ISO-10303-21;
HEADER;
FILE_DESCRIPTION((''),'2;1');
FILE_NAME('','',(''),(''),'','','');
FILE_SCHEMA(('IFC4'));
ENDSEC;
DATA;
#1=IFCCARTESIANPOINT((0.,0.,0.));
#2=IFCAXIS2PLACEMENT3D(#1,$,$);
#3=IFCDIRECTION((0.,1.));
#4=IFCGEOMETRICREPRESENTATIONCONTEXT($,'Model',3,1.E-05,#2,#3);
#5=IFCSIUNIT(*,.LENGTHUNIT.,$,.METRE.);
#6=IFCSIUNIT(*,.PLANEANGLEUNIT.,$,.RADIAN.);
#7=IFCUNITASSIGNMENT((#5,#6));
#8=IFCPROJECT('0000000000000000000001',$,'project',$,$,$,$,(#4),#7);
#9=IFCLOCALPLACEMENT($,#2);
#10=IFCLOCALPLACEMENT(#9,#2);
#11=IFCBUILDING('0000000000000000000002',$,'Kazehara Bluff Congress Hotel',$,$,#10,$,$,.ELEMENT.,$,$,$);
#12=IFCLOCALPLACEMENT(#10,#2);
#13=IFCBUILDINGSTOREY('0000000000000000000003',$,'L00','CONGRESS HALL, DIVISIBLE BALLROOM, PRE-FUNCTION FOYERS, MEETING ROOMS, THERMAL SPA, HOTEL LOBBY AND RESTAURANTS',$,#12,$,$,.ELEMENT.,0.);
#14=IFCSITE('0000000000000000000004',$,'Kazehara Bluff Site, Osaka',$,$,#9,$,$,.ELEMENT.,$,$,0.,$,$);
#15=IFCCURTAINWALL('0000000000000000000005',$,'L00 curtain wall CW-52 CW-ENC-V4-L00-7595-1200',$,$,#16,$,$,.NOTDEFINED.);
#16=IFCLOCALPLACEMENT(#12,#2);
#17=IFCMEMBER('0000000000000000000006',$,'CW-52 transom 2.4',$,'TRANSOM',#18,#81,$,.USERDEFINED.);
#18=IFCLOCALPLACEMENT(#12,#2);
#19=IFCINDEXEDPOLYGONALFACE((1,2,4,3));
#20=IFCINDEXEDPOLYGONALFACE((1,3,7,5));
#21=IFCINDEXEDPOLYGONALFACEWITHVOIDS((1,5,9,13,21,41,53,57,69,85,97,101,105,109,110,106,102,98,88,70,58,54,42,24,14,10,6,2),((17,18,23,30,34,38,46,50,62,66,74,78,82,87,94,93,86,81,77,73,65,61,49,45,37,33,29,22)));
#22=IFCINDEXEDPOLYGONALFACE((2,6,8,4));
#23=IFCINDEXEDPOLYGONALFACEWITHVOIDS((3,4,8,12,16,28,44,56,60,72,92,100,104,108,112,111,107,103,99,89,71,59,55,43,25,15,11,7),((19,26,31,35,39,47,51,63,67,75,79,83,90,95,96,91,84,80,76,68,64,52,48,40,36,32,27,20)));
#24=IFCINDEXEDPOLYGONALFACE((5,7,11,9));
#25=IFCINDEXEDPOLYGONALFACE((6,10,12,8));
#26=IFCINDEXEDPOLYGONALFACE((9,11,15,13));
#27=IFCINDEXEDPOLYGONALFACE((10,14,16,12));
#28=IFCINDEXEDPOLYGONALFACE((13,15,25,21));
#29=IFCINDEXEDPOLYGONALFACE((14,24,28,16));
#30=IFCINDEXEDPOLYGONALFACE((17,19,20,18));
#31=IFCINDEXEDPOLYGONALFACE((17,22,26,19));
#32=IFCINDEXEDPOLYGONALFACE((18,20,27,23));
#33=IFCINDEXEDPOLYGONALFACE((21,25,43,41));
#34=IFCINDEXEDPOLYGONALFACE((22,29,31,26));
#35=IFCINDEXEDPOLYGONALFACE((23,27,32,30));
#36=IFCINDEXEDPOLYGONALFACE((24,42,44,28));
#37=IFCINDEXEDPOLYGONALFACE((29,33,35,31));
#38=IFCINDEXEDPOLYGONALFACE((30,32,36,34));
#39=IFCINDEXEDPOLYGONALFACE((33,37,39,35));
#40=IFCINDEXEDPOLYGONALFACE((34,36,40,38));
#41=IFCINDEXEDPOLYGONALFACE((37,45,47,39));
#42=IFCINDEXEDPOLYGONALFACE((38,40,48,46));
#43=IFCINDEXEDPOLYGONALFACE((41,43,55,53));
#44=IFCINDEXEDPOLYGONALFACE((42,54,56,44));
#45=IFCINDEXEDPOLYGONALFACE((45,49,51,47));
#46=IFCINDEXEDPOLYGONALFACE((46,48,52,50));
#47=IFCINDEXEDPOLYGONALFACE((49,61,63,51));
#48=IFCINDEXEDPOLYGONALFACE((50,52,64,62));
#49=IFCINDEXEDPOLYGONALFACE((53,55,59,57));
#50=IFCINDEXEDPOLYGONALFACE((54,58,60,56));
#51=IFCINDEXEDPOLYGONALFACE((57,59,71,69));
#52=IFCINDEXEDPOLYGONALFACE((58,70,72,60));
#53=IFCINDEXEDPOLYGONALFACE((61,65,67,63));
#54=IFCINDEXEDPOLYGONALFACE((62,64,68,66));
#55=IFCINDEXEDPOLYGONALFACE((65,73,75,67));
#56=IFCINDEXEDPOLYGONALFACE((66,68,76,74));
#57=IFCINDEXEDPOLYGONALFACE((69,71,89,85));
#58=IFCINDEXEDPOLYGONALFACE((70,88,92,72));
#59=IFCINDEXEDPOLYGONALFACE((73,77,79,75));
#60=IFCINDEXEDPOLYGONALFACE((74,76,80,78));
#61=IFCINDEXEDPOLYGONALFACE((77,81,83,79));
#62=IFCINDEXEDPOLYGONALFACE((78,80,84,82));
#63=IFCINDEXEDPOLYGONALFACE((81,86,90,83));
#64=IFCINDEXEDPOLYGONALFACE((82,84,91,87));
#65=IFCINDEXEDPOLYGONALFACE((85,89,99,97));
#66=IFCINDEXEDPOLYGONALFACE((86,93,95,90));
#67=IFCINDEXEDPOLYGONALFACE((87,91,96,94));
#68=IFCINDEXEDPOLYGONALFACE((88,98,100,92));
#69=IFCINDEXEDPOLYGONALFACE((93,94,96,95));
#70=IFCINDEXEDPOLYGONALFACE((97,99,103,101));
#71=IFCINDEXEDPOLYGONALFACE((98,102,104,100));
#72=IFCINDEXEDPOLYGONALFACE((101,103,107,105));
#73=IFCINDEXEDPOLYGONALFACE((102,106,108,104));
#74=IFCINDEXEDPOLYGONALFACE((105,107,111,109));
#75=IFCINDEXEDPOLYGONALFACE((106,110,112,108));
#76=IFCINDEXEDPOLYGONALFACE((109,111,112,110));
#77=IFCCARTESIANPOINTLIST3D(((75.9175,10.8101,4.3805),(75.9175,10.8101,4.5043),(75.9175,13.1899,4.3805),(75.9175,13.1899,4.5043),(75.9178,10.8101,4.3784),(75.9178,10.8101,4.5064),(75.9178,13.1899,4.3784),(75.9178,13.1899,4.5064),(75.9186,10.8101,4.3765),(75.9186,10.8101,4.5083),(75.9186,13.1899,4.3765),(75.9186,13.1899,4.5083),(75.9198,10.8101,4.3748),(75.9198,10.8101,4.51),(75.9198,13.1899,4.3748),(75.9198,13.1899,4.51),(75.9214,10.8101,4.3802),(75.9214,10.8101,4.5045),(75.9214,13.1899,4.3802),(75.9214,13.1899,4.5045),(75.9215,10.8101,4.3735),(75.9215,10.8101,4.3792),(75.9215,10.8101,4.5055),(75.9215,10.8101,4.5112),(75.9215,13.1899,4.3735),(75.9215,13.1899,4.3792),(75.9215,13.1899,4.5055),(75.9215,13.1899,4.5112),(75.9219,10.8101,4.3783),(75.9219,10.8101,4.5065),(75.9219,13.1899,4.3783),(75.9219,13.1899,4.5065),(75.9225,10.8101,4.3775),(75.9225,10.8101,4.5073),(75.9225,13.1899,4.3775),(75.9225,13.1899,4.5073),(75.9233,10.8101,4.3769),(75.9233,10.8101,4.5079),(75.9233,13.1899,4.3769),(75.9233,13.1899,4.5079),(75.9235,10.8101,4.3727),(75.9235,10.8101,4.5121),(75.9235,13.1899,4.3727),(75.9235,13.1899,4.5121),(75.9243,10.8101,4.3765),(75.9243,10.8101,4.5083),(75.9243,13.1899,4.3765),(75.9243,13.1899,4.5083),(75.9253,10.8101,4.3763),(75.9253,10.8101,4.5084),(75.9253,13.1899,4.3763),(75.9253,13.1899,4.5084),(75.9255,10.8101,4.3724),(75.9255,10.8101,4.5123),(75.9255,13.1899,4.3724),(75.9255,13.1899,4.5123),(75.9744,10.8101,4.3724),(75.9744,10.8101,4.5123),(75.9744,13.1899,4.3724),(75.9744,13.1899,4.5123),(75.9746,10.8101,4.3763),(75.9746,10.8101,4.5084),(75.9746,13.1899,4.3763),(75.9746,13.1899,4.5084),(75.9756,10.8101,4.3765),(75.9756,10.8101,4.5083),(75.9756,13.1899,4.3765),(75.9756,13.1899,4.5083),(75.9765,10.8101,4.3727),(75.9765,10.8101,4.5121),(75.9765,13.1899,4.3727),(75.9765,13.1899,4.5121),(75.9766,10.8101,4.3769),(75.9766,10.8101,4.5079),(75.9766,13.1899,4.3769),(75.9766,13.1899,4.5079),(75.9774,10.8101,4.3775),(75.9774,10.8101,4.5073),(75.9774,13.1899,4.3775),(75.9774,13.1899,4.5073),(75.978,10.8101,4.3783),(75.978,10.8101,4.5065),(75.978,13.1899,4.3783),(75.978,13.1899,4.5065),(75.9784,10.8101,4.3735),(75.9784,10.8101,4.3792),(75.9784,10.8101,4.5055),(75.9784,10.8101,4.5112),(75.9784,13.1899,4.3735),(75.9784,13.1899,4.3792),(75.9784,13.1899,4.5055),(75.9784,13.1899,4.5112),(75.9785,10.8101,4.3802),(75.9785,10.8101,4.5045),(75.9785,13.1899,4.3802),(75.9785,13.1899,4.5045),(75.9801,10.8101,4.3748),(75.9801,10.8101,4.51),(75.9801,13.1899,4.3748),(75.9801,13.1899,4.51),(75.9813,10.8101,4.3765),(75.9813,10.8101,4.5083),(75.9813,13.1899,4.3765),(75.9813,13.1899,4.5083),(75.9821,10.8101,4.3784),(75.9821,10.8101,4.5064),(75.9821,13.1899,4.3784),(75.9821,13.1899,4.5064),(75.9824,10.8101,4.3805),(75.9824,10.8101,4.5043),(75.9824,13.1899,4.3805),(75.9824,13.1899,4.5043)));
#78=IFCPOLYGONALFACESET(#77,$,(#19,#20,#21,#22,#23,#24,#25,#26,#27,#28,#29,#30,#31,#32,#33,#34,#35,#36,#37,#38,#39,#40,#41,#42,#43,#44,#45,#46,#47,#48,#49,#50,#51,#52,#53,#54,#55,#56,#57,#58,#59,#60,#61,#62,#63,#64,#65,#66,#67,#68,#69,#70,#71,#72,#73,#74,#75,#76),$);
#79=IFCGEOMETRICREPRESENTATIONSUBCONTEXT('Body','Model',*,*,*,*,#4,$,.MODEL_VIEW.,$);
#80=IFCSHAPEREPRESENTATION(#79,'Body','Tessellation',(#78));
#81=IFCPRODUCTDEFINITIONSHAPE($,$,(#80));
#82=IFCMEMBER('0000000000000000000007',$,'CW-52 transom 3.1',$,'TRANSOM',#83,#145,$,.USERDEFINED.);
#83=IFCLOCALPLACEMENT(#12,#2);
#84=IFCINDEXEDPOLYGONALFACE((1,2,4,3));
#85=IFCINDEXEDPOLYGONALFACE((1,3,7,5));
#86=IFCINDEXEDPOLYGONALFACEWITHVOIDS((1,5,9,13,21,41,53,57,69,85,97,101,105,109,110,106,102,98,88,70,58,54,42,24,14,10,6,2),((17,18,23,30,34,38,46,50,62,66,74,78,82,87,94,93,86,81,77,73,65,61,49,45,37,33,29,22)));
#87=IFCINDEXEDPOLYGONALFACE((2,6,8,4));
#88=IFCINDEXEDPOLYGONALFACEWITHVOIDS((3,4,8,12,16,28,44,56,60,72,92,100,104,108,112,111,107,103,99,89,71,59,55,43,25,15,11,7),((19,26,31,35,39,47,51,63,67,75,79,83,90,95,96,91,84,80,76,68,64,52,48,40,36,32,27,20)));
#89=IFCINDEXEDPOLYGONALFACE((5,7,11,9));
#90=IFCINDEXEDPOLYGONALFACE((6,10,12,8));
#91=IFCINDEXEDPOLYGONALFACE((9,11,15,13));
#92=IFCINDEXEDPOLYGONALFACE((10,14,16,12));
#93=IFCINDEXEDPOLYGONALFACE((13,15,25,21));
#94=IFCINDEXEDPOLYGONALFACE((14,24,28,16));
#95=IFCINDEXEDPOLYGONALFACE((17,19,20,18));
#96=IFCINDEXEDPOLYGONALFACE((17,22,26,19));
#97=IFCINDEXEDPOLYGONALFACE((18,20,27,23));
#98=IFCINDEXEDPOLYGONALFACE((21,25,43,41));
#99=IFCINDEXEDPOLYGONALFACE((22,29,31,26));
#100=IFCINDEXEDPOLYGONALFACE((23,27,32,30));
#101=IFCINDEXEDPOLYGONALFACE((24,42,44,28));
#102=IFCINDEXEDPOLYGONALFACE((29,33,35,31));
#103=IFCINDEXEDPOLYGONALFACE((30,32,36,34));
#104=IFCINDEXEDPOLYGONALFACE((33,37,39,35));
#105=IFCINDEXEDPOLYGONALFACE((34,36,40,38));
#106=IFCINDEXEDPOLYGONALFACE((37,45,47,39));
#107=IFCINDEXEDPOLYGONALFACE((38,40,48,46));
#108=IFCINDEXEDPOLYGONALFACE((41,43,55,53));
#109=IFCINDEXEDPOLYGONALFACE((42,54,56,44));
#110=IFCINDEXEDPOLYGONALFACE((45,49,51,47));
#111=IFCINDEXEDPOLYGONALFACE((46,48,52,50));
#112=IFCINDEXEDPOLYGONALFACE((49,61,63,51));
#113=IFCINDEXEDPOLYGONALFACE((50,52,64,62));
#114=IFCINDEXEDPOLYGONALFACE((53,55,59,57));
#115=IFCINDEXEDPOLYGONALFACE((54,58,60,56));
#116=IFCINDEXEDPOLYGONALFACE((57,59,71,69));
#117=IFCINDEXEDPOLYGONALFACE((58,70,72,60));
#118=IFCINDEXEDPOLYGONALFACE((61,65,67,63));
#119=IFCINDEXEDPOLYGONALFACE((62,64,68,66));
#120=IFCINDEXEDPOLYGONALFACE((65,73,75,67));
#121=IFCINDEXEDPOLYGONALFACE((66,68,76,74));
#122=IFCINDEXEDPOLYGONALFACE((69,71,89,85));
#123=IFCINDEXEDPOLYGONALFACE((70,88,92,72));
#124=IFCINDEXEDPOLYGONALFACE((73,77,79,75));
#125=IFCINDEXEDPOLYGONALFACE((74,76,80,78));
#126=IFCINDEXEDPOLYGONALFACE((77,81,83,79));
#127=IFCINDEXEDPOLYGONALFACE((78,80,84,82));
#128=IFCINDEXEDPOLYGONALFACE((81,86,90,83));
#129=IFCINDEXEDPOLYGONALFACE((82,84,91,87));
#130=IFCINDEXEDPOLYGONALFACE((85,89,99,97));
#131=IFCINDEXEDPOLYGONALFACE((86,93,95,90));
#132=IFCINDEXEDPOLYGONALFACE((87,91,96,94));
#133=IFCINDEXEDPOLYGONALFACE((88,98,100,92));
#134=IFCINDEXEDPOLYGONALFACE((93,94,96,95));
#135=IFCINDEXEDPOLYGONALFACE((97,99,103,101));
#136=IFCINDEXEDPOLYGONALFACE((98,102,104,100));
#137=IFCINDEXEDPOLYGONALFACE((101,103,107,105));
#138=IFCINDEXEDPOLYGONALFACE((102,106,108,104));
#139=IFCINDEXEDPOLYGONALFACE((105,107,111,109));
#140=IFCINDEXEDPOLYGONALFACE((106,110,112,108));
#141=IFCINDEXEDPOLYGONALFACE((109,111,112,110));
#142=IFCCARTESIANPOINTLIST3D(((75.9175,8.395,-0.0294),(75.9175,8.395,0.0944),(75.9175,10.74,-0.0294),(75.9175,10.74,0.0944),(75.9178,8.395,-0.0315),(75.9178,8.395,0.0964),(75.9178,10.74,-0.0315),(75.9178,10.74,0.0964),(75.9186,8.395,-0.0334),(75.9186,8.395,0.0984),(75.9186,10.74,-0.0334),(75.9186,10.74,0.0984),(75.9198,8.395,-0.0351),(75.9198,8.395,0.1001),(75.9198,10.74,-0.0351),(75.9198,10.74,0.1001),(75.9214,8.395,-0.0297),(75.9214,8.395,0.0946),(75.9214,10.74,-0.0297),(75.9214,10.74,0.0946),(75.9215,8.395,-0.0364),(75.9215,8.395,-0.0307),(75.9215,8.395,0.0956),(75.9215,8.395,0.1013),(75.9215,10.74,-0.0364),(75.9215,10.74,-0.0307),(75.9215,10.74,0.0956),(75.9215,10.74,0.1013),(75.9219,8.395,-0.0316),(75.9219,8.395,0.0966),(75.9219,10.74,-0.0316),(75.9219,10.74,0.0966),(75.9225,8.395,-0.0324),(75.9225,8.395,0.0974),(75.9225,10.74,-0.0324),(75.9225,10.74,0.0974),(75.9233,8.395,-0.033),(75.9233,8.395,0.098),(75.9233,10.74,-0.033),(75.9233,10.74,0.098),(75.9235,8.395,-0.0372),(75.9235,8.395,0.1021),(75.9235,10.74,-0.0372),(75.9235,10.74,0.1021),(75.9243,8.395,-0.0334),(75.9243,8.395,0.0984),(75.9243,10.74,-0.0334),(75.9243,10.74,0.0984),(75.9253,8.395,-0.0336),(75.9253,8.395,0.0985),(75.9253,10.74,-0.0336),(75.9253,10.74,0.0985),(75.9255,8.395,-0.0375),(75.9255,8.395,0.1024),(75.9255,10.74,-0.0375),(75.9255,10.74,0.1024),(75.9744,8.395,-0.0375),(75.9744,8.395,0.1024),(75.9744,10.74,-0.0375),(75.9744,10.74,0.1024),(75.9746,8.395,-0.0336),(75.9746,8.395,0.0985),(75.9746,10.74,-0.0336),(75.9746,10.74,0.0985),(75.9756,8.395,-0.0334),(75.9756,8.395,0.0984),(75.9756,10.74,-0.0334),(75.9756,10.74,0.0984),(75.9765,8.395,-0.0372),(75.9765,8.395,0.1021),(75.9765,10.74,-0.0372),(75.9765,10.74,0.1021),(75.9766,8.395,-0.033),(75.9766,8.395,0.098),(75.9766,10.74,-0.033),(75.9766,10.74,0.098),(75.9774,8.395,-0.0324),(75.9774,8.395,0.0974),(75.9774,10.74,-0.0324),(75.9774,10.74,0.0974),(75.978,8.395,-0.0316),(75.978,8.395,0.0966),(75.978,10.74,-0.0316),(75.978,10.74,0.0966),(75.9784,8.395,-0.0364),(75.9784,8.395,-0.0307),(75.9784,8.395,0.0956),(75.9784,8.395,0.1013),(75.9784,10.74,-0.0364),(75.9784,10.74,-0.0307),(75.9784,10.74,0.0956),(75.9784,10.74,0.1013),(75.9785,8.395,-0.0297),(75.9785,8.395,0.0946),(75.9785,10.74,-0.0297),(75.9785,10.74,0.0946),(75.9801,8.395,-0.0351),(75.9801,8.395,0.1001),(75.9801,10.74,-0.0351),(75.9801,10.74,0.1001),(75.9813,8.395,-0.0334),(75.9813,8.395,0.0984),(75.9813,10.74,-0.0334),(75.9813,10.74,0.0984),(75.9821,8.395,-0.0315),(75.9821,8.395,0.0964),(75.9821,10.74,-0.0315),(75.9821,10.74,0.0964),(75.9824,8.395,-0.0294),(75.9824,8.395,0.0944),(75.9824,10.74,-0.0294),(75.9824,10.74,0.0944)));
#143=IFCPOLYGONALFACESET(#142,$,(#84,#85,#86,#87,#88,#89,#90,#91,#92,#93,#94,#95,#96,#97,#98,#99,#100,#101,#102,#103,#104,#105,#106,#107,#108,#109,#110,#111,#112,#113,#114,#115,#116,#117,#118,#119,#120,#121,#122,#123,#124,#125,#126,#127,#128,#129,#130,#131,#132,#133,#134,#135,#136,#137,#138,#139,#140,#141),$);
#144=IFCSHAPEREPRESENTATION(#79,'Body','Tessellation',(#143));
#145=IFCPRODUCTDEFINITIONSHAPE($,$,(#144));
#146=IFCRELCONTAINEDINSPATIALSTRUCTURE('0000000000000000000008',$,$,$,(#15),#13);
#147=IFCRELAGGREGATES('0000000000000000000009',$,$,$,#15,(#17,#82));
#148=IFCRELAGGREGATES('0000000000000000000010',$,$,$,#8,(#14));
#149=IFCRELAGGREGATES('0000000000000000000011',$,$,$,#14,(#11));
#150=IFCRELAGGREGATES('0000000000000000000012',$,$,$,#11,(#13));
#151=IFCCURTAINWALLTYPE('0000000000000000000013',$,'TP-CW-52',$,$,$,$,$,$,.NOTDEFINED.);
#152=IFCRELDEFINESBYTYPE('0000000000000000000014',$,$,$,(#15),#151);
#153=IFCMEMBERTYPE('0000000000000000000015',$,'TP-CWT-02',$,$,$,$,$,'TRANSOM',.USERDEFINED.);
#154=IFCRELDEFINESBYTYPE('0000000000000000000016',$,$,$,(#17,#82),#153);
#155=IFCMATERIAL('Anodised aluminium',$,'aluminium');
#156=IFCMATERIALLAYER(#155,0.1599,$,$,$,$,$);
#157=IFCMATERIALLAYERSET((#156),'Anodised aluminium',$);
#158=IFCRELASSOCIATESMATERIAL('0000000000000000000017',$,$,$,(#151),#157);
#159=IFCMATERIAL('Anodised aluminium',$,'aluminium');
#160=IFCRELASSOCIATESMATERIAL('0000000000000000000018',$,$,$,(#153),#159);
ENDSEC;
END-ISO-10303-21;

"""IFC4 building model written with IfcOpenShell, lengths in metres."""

from ifc_helpers import new_model, si_unit, direction, frame, origin, origin_2d, place, context, subcontext, project, spatial, hollow_rectangle, extrude, material, layer, layer_set, material_profile, profile_set, type_object, element, aggregate, save


model = new_model("IFC4")

# Units and contexts
model_context = context("Model", 3, precision=1e-05, world=origin(), true_north=direction((0.0, 1.0)))
body_context = subcontext(model_context, "Body", "Model", "MODEL_VIEW")
ifc_project = project(units=[si_unit("LENGTHUNIT", "METRE"), si_unit("PLANEANGLEUNIT", "RADIAN")], contexts=[model_context])

# Site, building, storey
site_placement = place(None, origin())
site = spatial("IfcSite", under=ifc_project, at=site_placement, Name="Kazehara Bluff Site, Osaka", CompositionType="ELEMENT", RefElevation=0.0)
building_placement = place(site_placement, origin())
building = spatial("IfcBuilding", under=site, at=building_placement, Name="Kazehara Bluff Congress Hotel", CompositionType="ELEMENT")
storey_placement = place(building_placement, origin())
storey = spatial("IfcBuildingStorey", under=building, at=storey_placement, Name="L00", Description="CONGRESS HALL, DIVISIBLE BALLROOM, PRE-FUNCTION FOYERS, MEETING ROOMS, THERMAL SPA, HOTEL LOBBY AND RESTAURANTS", CompositionType="ELEMENT", Elevation=0.0)

# Curtain wall, members
ifc_material_1 = material(Name="Anodised aluminium", Category="aluminium")
ifc_layer_1 = layer(ifc_material_1, 0.1599)
ifc_layer_set_1 = layer_set([ifc_layer_1], Name="Anodised aluminium")
curtain_wall_type_1 = type_object("IfcCurtainWallType", Name="TP-CW-52", PredefinedType="NOTDEFINED", material=ifc_layer_set_1)
curtain_wall_1_placement = place(storey_placement, origin())
curtain_wall_1 = element("IfcCurtainWall", 1, at=curtain_wall_1_placement, inside=storey, type_object=curtain_wall_type_1, Name="L00 curtain wall CW-52 CW-ENC-V4-L00-7595-1200", PredefinedType="NOTDEFINED")
ifc_material_2 = material(Name="Anodised aluminium", Category="aluminium")
ifc_material_profile_1 = material_profile(ifc_material_2, hollow_rectangle(XDim=0.0649, YDim=0.1399, WallThickness=0.0039, InnerFilletRadius=0.0039, OuterFilletRadius=0.0081, at=origin_2d()))
ifc_profile_set_1 = profile_set([ifc_material_profile_1], Name="Anodised aluminium")
member_type_1 = type_object("IfcMemberType", Name="TP-CWT-02", ElementType="TRANSOM", PredefinedType="USERDEFINED", material=ifc_profile_set_1)
member_1_placement = place(storey_placement, frame((75.95, 13.1899, 4.4424), z_axis=(0.0, -1.0, 0.0), x_axis=(1.0, 0.0, 0.0)))
member_1 = element("IfcMember", 2, at=member_1_placement, type_object=member_type_1, Name="CW-52 transom 2.4", ObjectType="TRANSOM", PredefinedType="USERDEFINED", context=body_context, shape_type="SweptSolid", body=[
    extrude(hollow_rectangle(XDim=0.0649, YDim=0.1399, WallThickness=0.0039, InnerFilletRadius=0.0039, OuterFilletRadius=0.0081, at=origin_2d()), origin(), (0.0, 0.0, 1.0), 2.3799),
])
member_2_placement = place(storey_placement, frame((75.95, 10.74, 0.0325), z_axis=(0.0, -1.0, 0.0), x_axis=(1.0, 0.0, 0.0)))
member_2 = element("IfcMember", 3, at=member_2_placement, type_object=member_type_1, Name="CW-52 transom 3.1", ObjectType="TRANSOM", PredefinedType="USERDEFINED", context=body_context, shape_type="SweptSolid", body=[
    extrude(hollow_rectangle(XDim=0.0649, YDim=0.1399, WallThickness=0.0039, InnerFilletRadius=0.0039, OuterFilletRadius=0.0081, at=origin_2d()), origin(), (0.0, 0.0, 1.0), 2.345),
])

aggregate(curtain_wall_1, [member_1, member_2])

save(model, "model.ifc")
